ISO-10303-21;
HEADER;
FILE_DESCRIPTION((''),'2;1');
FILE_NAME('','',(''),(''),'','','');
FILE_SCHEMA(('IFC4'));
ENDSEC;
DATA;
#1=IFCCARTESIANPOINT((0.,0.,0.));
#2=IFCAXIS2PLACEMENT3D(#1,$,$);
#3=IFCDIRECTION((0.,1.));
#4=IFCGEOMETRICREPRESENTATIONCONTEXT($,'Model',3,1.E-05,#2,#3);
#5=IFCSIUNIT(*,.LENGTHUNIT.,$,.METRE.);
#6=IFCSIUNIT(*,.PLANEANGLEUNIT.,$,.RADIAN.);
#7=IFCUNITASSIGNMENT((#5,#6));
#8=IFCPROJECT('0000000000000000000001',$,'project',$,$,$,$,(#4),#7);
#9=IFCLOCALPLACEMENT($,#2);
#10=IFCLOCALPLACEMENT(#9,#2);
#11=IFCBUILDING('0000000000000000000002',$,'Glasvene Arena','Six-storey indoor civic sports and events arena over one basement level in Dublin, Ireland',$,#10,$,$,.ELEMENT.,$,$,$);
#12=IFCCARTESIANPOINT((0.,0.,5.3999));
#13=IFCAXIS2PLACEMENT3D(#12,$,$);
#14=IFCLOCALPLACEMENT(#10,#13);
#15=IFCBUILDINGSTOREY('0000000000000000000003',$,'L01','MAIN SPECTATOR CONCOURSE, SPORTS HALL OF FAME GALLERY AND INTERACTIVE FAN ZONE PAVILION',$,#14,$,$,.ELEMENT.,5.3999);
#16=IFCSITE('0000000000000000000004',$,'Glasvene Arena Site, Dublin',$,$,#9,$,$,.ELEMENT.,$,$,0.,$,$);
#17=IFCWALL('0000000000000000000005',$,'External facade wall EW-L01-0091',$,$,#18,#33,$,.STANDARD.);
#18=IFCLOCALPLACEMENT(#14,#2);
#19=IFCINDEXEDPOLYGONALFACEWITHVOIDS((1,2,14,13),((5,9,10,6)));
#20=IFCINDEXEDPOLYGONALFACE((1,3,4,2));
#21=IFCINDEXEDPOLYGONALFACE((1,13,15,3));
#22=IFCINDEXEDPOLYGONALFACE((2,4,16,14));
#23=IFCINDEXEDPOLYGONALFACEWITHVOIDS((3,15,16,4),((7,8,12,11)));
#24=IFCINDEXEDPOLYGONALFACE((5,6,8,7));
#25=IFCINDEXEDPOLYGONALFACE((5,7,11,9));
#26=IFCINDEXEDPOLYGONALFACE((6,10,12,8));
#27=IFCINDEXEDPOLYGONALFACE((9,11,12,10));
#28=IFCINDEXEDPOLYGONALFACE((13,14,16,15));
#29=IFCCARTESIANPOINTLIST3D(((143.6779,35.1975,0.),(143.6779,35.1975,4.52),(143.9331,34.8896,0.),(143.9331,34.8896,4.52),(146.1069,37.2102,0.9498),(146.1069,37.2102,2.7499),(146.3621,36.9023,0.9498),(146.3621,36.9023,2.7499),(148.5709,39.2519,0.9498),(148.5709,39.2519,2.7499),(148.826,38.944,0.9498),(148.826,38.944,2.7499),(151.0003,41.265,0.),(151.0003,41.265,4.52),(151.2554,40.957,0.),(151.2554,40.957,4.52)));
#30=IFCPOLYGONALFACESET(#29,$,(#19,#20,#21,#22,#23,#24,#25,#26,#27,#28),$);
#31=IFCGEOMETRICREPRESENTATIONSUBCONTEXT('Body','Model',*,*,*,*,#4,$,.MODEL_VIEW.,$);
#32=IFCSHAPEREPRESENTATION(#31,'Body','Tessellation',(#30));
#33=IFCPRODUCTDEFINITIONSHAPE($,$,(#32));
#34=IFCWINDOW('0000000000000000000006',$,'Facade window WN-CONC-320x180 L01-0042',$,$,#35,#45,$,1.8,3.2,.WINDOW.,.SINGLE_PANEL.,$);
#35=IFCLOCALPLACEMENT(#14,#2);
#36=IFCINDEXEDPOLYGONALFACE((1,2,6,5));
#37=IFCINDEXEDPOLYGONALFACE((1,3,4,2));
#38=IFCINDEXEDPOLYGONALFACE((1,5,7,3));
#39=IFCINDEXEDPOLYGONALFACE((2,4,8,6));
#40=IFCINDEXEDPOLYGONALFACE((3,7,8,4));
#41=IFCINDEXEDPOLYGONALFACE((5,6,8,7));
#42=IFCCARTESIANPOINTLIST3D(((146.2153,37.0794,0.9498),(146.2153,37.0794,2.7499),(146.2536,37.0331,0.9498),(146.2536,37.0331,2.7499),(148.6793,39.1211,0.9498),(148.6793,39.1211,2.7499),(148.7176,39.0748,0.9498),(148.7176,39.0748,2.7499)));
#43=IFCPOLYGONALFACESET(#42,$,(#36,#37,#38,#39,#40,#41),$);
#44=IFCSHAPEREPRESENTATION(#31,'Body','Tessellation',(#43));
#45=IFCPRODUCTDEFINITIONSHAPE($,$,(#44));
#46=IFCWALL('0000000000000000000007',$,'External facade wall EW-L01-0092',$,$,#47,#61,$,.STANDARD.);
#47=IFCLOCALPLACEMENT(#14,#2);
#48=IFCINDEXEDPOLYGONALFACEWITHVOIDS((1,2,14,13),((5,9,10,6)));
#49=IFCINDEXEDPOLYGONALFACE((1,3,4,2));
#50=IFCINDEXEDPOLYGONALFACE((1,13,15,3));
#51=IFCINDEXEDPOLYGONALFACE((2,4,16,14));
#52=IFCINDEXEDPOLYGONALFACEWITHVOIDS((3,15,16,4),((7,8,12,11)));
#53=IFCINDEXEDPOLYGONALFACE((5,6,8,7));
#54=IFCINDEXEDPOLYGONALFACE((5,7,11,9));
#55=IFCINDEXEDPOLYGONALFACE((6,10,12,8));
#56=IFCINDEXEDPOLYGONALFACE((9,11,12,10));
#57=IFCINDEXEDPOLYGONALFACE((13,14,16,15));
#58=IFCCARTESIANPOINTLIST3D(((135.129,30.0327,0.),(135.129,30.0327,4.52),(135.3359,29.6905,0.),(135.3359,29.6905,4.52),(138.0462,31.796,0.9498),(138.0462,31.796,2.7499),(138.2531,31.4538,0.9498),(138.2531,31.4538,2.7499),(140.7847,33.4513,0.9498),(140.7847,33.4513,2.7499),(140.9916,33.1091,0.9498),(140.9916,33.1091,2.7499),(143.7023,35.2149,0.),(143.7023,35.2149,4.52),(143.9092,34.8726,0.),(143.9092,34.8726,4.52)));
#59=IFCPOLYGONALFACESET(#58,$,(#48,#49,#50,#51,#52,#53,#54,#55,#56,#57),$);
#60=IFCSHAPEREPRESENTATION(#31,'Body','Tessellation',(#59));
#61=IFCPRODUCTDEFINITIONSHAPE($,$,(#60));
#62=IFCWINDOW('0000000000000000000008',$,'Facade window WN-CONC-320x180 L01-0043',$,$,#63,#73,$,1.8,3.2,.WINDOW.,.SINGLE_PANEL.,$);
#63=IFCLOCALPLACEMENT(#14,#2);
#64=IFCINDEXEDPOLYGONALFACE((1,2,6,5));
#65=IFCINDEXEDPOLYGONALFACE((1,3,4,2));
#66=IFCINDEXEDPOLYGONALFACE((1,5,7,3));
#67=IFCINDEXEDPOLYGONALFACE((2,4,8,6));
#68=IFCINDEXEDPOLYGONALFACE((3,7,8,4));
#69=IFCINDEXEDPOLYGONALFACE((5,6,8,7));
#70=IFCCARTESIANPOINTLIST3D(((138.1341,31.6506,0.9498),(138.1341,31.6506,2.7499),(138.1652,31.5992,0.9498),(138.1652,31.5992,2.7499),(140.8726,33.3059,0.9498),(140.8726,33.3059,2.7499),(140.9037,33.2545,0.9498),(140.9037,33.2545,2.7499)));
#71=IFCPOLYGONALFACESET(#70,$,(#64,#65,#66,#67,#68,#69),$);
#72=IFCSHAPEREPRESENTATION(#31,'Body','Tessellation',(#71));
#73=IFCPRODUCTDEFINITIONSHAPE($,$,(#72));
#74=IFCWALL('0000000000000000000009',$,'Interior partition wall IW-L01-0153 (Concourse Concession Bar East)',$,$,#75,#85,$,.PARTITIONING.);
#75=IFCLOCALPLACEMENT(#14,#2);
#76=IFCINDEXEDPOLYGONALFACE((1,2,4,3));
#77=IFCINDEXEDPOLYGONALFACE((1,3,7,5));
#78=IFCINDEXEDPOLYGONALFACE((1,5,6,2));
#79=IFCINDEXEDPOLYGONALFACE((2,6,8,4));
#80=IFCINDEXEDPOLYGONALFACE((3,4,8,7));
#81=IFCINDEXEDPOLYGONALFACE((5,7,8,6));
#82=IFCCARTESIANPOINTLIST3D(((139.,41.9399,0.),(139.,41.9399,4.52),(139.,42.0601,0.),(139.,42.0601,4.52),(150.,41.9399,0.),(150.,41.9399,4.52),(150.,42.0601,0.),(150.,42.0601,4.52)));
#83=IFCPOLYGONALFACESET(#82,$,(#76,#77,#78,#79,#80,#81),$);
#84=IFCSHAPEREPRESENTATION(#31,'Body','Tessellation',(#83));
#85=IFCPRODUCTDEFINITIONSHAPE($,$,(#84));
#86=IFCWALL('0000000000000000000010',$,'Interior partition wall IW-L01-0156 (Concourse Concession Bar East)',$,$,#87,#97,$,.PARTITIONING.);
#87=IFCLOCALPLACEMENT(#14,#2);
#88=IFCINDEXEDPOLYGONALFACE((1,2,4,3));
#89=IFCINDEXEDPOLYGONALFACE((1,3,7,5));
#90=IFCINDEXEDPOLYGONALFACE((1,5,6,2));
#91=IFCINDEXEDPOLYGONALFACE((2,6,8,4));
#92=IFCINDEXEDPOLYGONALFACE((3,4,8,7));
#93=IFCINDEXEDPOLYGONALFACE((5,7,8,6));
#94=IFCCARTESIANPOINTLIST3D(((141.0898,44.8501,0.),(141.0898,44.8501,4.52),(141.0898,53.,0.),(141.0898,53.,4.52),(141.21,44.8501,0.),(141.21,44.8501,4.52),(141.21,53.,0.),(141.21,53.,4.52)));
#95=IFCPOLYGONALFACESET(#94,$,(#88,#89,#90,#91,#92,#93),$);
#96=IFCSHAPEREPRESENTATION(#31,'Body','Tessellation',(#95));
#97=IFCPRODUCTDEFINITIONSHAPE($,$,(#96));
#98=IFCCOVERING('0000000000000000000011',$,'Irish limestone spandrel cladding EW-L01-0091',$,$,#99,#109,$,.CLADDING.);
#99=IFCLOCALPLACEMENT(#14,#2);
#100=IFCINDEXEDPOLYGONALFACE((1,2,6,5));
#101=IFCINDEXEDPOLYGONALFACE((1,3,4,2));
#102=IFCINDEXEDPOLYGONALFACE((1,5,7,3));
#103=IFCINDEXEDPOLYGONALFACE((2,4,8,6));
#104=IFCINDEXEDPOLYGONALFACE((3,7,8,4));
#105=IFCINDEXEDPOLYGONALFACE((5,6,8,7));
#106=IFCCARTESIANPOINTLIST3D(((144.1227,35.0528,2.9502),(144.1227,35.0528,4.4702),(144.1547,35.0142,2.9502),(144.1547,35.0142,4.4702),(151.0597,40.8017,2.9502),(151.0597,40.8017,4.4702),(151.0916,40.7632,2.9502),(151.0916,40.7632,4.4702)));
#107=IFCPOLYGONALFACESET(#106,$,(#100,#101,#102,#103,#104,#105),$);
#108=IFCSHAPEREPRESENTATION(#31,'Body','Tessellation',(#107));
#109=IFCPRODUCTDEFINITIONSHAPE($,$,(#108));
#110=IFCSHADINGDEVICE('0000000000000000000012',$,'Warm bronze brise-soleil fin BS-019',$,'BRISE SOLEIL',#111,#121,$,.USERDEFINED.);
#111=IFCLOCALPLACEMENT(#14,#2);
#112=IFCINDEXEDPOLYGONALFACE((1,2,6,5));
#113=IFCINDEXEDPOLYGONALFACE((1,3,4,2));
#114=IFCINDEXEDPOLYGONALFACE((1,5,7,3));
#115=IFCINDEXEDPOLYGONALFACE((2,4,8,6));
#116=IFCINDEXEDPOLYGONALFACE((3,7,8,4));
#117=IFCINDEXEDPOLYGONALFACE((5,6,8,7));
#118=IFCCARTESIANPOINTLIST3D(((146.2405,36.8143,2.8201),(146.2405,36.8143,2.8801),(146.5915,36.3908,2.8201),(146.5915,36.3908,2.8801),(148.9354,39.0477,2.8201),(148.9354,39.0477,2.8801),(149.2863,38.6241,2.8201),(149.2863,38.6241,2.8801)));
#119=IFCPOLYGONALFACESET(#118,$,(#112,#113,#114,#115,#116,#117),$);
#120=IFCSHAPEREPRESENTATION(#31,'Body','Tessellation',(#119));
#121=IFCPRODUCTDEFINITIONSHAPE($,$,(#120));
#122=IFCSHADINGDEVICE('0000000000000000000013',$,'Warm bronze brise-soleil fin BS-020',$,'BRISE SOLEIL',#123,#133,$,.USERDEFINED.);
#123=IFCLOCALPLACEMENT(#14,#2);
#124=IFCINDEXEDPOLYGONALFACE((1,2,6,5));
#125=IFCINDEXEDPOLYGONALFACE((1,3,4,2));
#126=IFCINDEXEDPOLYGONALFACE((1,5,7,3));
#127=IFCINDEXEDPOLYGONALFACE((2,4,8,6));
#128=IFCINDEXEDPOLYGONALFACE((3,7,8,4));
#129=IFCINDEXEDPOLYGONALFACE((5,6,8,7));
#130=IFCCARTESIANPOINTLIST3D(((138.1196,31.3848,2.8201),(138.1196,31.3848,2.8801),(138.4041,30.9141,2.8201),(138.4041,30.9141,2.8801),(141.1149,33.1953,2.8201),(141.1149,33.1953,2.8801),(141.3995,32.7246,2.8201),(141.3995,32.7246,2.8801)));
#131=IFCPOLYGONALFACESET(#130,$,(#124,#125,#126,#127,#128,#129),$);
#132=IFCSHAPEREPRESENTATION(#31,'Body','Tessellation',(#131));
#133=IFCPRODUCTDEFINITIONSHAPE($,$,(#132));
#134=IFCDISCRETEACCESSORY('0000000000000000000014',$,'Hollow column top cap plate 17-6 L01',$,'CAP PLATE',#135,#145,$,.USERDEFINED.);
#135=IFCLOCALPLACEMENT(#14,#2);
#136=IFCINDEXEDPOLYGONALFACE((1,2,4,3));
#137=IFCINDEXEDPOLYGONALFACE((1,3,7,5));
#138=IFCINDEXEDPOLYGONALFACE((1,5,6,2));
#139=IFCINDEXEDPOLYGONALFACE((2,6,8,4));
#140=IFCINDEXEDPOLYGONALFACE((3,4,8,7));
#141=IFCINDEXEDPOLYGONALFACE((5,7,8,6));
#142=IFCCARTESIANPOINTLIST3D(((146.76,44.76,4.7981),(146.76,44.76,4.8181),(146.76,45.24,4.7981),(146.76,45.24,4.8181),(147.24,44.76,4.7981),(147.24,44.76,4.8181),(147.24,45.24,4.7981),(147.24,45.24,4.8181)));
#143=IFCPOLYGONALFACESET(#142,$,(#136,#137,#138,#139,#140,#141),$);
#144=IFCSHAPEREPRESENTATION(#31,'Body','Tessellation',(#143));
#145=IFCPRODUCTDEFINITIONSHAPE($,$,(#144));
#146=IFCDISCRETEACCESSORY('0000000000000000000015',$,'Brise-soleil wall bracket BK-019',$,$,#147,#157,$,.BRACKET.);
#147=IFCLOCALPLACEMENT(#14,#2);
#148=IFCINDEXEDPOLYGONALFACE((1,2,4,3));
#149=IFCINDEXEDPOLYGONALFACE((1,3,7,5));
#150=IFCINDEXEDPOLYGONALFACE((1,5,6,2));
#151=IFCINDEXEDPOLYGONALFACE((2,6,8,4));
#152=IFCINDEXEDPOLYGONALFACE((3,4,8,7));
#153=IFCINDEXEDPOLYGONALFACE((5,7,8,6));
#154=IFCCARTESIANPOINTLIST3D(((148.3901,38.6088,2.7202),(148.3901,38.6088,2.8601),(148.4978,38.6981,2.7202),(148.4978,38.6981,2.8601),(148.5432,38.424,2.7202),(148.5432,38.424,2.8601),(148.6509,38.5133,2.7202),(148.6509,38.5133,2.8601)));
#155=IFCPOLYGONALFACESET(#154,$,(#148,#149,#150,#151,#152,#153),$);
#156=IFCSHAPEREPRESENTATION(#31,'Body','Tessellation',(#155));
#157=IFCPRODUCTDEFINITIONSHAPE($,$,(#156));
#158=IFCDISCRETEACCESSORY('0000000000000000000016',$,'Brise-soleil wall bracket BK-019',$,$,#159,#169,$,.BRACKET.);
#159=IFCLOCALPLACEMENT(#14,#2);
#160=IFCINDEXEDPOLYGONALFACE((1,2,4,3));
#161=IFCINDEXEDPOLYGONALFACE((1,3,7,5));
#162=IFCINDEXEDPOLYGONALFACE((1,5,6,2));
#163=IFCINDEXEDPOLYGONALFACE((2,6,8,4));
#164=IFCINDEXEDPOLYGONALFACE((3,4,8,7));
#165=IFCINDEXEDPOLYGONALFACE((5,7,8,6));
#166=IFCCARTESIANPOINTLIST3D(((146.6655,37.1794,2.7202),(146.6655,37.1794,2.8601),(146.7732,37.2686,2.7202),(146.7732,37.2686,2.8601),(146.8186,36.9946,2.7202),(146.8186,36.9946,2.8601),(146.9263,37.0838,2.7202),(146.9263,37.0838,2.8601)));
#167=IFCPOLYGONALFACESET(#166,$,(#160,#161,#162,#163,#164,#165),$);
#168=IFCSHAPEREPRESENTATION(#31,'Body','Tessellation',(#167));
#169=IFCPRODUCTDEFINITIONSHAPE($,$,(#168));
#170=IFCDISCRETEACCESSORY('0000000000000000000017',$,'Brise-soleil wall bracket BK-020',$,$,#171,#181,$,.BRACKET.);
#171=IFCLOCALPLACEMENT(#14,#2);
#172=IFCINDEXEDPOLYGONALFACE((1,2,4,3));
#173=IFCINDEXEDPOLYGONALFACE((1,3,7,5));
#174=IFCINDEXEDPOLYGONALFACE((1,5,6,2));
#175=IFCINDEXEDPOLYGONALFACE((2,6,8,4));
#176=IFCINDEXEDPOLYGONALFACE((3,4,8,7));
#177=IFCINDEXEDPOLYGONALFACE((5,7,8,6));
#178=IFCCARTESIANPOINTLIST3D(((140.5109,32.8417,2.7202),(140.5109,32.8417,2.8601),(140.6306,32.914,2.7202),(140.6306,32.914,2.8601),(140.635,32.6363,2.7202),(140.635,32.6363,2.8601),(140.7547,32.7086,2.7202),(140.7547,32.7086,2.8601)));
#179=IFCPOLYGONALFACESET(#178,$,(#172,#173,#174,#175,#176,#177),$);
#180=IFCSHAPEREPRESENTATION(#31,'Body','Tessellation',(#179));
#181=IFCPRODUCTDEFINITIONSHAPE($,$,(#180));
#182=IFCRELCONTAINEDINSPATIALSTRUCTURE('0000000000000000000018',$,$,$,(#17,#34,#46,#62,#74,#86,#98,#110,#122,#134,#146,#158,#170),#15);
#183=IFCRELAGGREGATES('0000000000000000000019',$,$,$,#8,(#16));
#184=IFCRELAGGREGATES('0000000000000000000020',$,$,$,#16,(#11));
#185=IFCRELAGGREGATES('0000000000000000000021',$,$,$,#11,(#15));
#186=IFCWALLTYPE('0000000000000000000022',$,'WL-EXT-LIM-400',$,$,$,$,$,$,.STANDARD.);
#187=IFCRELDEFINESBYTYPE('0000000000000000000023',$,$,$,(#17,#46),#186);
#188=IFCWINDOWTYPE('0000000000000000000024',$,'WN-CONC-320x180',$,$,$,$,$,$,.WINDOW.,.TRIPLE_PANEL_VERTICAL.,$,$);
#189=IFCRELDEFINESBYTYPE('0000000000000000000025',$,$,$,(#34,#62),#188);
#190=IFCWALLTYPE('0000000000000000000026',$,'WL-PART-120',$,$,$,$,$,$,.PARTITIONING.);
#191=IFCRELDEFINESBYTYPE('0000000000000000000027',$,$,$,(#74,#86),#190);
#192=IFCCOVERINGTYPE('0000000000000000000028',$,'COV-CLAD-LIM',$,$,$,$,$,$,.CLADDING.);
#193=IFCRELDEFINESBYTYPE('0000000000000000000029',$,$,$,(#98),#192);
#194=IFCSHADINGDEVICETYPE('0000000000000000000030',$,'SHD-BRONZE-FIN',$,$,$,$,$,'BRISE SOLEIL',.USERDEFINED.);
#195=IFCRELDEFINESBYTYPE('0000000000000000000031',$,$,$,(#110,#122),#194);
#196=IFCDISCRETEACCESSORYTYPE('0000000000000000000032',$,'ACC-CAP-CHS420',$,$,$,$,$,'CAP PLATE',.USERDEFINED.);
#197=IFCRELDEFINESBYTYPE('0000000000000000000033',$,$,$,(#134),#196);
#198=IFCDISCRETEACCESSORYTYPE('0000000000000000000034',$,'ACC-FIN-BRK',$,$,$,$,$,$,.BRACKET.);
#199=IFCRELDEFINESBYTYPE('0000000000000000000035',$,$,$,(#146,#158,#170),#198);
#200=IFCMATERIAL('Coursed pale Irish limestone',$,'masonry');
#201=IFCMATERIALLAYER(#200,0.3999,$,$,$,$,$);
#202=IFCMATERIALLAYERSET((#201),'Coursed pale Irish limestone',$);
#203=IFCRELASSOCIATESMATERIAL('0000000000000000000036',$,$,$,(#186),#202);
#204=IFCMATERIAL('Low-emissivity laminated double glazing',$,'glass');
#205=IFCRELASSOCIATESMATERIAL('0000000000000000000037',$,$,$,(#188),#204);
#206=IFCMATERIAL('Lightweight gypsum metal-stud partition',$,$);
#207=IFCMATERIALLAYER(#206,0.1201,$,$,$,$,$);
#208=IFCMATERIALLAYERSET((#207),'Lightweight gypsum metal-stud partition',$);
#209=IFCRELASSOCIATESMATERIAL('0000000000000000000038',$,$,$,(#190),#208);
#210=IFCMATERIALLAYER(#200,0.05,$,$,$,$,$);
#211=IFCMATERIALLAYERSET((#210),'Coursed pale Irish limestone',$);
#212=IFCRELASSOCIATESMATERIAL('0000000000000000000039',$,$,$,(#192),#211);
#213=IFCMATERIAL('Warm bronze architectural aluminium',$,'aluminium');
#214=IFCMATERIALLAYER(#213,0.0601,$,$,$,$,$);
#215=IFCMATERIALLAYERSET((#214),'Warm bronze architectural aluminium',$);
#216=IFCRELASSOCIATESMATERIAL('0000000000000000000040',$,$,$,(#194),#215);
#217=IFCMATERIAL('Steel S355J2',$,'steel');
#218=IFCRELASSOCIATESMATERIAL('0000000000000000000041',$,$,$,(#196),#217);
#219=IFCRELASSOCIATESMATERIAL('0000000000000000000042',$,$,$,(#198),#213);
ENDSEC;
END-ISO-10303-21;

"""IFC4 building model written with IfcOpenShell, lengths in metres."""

from ifc_helpers import new_model, si_unit, direction, frame, frame_2d, origin, origin_2d, place, context, subcontext, project, spatial, rectangle, extrude, material, layer, layer_set, type_object, element, fill, save


model = new_model("IFC4")

# Units and contexts
model_context = context("Model", 3, precision=1e-05, world=origin(), true_north=direction((0.0, 1.0)))
body_context = subcontext(model_context, "Body", "Model", "MODEL_VIEW")
ifc_project = project(units=[si_unit("LENGTHUNIT", "METRE"), si_unit("PLANEANGLEUNIT", "RADIAN")], contexts=[model_context])

# Site, building, storey
site_placement = place(None, origin())
site = spatial("IfcSite", under=ifc_project, at=site_placement, Name="Glasvene Arena Site, Dublin", CompositionType="ELEMENT", RefElevation=0.0)
building_placement = place(site_placement, origin())
building = spatial("IfcBuilding", under=site, at=building_placement, Name="Glasvene Arena", Description="Six-storey indoor civic sports and events arena over one basement level in Dublin, Ireland", CompositionType="ELEMENT")
storey_placement = place(building_placement, frame((0.0, 0.0, 5.3999)))
storey = spatial("IfcBuildingStorey", under=building, at=storey_placement, Name="L01", Description="MAIN SPECTATOR CONCOURSE, SPORTS HALL OF FAME GALLERY AND INTERACTIVE FAN ZONE PAVILION", CompositionType="ELEMENT", Elevation=5.3999)

# Shared definitions
ifc_material_1 = material(Name="Steel S355J2", Category="steel")

# Shared definitions
ifc_material_2 = material(Name="Low-emissivity laminated double glazing", Category="glass")

# Walls, openings, windows
ifc_material_3 = material(Name="Coursed pale Irish limestone", Category="masonry")
ifc_layer_1 = layer(ifc_material_3, 0.3999)
ifc_layer_set_1 = layer_set([ifc_layer_1], Name="Coursed pale Irish limestone")
wall_type_1 = type_object("IfcWallType", Name="WL-EXT-LIM-400", PredefinedType="STANDARD", material=ifc_layer_set_1)
wall_1_placement = place(storey_placement, frame((151.1279, 41.1111, 0.0), z_axis=(0.0, 0.0, 1.0), x_axis=(-0.770003, -0.63804, 0.0)))
wall_1 = element("IfcWall", 1, at=wall_1_placement, inside=storey, type_object=wall_type_1, Name="External facade wall EW-L01-0091", PredefinedType="STANDARD", context=body_context, shape_type="SweptSolid", body=[
    extrude(rectangle(XDim=9.5095, YDim=0.3999, at=frame_2d((4.7549, 0.0))), origin(), (0.0, 0.0, 1.0), 4.52),
])
opening_1_placement = place(wall_1_placement, frame((3.155, 0.0, 0.95)))
opening_1 = element("IfcOpeningElement", 2, at=opening_1_placement, cuts=wall_1, PredefinedType="OPENING", context=body_context, shape_type="SweptSolid", body=[
    extrude(rectangle(XDim=3.2, YDim=1.8, at=frame_2d((1.6001, 0.8999))), frame((0.0, 0.21, 0.0), z_axis=(0.0, -1.0, 0.0), x_axis=(1.0, 0.0, 0.0)), (0.0, 0.0, 1.0), 0.4199),
])
window_type = type_object("IfcWindowType", Name="WN-CONC-320x180", PartitioningType="TRIPLE_PANEL_VERTICAL", PredefinedType="WINDOW", material=ifc_material_2)
window_1_placement = place(opening_1_placement, origin())
window_1 = element("IfcWindow", 3, at=window_1_placement, inside=storey, type_object=window_type, Name="Facade window WN-CONC-320x180 L01-0042", OverallHeight=1.8, OverallWidth=3.2, PartitioningType="SINGLE_PANEL", PredefinedType="WINDOW", context=body_context, shape_type="SweptSolid", body=[
    extrude(rectangle(XDim=3.2, YDim=1.8, at=frame_2d((1.6001, 0.8999))), frame((0.0, 0.03, 0.0), z_axis=(0.0, -1.0, 0.0), x_axis=(1.0, 0.0, 0.0)), (0.0, 0.0, 1.0), 0.0601),
])
fill(opening_1, window_1)
wall_2_placement = place(storey_placement, frame((143.8057, 35.0437, 0.0), z_axis=(0.0, 0.0, 1.0), x_axis=(-0.855807, -0.517296, 0.0)))
wall_2 = element("IfcWall", 4, at=wall_2_placement, inside=storey, type_object=wall_type_1, Name="External facade wall EW-L01-0092", PredefinedType="STANDARD", context=body_context, shape_type="SweptSolid", body=[
    extrude(rectangle(XDim=10.0178, YDim=0.3999, at=frame_2d((5.0088, 0.0))), origin(), (0.0, 0.0, 1.0), 4.52),
])
opening_2_placement = place(wall_2_placement, frame((3.4089, 0.0, 0.95)))
opening_2 = element("IfcOpeningElement", 5, at=opening_2_placement, cuts=wall_2, PredefinedType="OPENING", context=body_context, shape_type="SweptSolid", body=[
    extrude(rectangle(XDim=3.2, YDim=1.8, at=frame_2d((1.6001, 0.8999))), frame((0.0, 0.21, 0.0), z_axis=(0.0, -1.0, 0.0), x_axis=(1.0, 0.0, 0.0)), (0.0, 0.0, 1.0), 0.4199),
])
window_2_placement = place(opening_2_placement, origin())
window_2 = element("IfcWindow", 6, at=window_2_placement, inside=storey, type_object=window_type, Name="Facade window WN-CONC-320x180 L01-0043", OverallHeight=1.8, OverallWidth=3.2, PartitioningType="SINGLE_PANEL", PredefinedType="WINDOW", context=body_context, shape_type="SweptSolid", body=[
    extrude(rectangle(XDim=3.2, YDim=1.8, at=frame_2d((1.6001, 0.8999))), frame((0.0, 0.03, 0.0), z_axis=(0.0, -1.0, 0.0), x_axis=(1.0, 0.0, 0.0)), (0.0, 0.0, 1.0), 0.0601),
])
fill(opening_2, window_2)

# Walls
ifc_material_4 = material(Name="Lightweight gypsum metal-stud partition")
ifc_layer_2 = layer(ifc_material_4, 0.1201)
ifc_layer_set_2 = layer_set([ifc_layer_2], Name="Lightweight gypsum metal-stud partition")
wall_type_2 = type_object("IfcWallType", Name="WL-PART-120", PredefinedType="PARTITIONING", material=ifc_layer_set_2)
wall_3_placement = place(storey_placement, frame((150.0, 42.0, 0.0), z_axis=(0.0, 0.0, 1.0), x_axis=(-1.0, 0.0, 0.0)))
element("IfcWall", 7, at=wall_3_placement, inside=storey, type_object=wall_type_2, Name="Interior partition wall IW-L01-0153 (Concourse Concession Bar East)", PredefinedType="PARTITIONING", context=body_context, shape_type="SweptSolid", body=[
    extrude(rectangle(XDim=11.0, YDim=0.1201, at=frame_2d((5.5, 0.0))), origin(), (0.0, 0.0, 1.0), 4.52),
])
wall_4_placement = place(storey_placement, frame((141.1499, 44.8501, 0.0), z_axis=(0.0, 0.0, 1.0), x_axis=(0.0, 1.0, 0.0)))
element("IfcWall", 8, at=wall_4_placement, inside=storey, type_object=wall_type_2, Name="Interior partition wall IW-L01-0156 (Concourse Concession Bar East)", PredefinedType="PARTITIONING", context=body_context, shape_type="SweptSolid", body=[
    extrude(rectangle(XDim=8.1499, YDim=0.1201, at=frame_2d((4.075, 0.0))), origin(), (0.0, 0.0, 1.0), 4.52),
])

# Covering
ifc_layer_3 = layer(ifc_material_3, 0.05)
ifc_layer_set_3 = layer_set([ifc_layer_3], Name="Coursed pale Irish limestone")
covering_type = type_object("IfcCoveringType", Name="COV-CLAD-LIM", PredefinedType="CLADDING", material=ifc_layer_set_3)
covering_placement = place(storey_placement, frame((147.6072, 37.908, 2.9502), z_axis=(0.0, 0.0, 1.0), x_axis=(-0.769957, -0.638096, 0.0)))
element("IfcCovering", 9, at=covering_placement, inside=storey, type_object=covering_type, Name="Irish limestone spandrel cladding EW-L01-0091", PredefinedType="CLADDING", context=body_context, shape_type="SweptSolid", body=[
    extrude(rectangle(XDim=9.0095, YDim=0.05, at=origin_2d()), origin(), (0.0, 0.0, 1.0), 1.52),
])

# Shading devices
ifc_material_5 = material(Name="Warm bronze architectural aluminium", Category="aluminium")
ifc_layer_4 = layer(ifc_material_5, 0.0601)
ifc_layer_set_4 = layer_set([ifc_layer_4], Name="Warm bronze architectural aluminium")
shading_device_type = type_object("IfcShadingDeviceType", Name="SHD-BRONZE-FIN", ElementType="BRISE SOLEIL", PredefinedType="USERDEFINED", material=ifc_layer_set_4)
for number, where, z_axis, x_axis, name in (
    (10, (147.7634, 37.7192, 2.8201), (0.0, 0.0, 1.0), (-0.769957, -0.638096, 0.0), "Warm bronze brise-soleil fin BS-019"),
    (11, (139.7595, 32.0547, 2.8201), (0.0, 0.0, 1.0), (-0.855816, -0.51728, 0.0), "Warm bronze brise-soleil fin BS-020"),
):
    element("IfcShadingDevice", number, at=place(storey_placement, frame(where, z_axis=z_axis, x_axis=x_axis)), inside=storey, type_object=shading_device_type, Name=name, ObjectType="BRISE SOLEIL", PredefinedType="USERDEFINED", context=body_context, shape_type="SweptSolid", body=[
        extrude(rectangle(XDim=3.5, YDim=0.55, at=origin_2d()), origin(), (0.0, 0.0, 1.0), 0.0601),
    ])

# Discrete accessories
discrete_accessory_type_1 = type_object("IfcDiscreteAccessoryType", Name="ACC-CAP-CHS420", ElementType="CAP PLATE", PredefinedType="USERDEFINED", material=ifc_material_1)
discrete_accessory_placement = place(storey_placement, frame((147.0, 45.0, 4.7981), z_axis=(0.0, 0.0, 1.0), x_axis=(1.0, 0.0, 0.0)))
element("IfcDiscreteAccessory", 12, at=discrete_accessory_placement, inside=storey, type_object=discrete_accessory_type_1, Name="Hollow column top cap plate 17-6 L01", ObjectType="CAP PLATE", PredefinedType="USERDEFINED", context=body_context, shape_type="SweptSolid", body=[
    extrude(rectangle(XDim=0.48, YDim=0.48, at=origin_2d()), origin(), (0.0, 0.0, 1.0), 0.02),
])
discrete_accessory_type_2 = type_object("IfcDiscreteAccessoryType", Name="ACC-FIN-BRK", PredefinedType="BRACKET", material=ifc_material_5)
for number, where, z_axis, x_axis, name in (
    (13, (148.5205, 38.561, 2.7202), (0.0, 0.0, 1.0), (-0.769957, -0.638096, 0.0), "Brise-soleil wall bracket BK-019"),
    (14, (146.7959, 37.1316, 2.7202), (0.0, 0.0, 1.0), (-0.769957, -0.638096, 0.0), "Brise-soleil wall bracket BK-019"),
    (15, (140.6328, 32.7751, 2.7202), (0.0, 0.0, 1.0), (-0.855816, -0.51728, 0.0), "Brise-soleil wall bracket BK-020"),
):
    element("IfcDiscreteAccessory", number, at=place(storey_placement, frame(where, z_axis=z_axis, x_axis=x_axis)), inside=storey, type_object=discrete_accessory_type_2, Name=name, PredefinedType="BRACKET", context=body_context, shape_type="SweptSolid", body=[
        extrude(rectangle(XDim=0.1399, YDim=0.24, at=origin_2d()), origin(), (0.0, 0.0, 1.0), 0.1399),
    ])

save(model, "model.ifc")
